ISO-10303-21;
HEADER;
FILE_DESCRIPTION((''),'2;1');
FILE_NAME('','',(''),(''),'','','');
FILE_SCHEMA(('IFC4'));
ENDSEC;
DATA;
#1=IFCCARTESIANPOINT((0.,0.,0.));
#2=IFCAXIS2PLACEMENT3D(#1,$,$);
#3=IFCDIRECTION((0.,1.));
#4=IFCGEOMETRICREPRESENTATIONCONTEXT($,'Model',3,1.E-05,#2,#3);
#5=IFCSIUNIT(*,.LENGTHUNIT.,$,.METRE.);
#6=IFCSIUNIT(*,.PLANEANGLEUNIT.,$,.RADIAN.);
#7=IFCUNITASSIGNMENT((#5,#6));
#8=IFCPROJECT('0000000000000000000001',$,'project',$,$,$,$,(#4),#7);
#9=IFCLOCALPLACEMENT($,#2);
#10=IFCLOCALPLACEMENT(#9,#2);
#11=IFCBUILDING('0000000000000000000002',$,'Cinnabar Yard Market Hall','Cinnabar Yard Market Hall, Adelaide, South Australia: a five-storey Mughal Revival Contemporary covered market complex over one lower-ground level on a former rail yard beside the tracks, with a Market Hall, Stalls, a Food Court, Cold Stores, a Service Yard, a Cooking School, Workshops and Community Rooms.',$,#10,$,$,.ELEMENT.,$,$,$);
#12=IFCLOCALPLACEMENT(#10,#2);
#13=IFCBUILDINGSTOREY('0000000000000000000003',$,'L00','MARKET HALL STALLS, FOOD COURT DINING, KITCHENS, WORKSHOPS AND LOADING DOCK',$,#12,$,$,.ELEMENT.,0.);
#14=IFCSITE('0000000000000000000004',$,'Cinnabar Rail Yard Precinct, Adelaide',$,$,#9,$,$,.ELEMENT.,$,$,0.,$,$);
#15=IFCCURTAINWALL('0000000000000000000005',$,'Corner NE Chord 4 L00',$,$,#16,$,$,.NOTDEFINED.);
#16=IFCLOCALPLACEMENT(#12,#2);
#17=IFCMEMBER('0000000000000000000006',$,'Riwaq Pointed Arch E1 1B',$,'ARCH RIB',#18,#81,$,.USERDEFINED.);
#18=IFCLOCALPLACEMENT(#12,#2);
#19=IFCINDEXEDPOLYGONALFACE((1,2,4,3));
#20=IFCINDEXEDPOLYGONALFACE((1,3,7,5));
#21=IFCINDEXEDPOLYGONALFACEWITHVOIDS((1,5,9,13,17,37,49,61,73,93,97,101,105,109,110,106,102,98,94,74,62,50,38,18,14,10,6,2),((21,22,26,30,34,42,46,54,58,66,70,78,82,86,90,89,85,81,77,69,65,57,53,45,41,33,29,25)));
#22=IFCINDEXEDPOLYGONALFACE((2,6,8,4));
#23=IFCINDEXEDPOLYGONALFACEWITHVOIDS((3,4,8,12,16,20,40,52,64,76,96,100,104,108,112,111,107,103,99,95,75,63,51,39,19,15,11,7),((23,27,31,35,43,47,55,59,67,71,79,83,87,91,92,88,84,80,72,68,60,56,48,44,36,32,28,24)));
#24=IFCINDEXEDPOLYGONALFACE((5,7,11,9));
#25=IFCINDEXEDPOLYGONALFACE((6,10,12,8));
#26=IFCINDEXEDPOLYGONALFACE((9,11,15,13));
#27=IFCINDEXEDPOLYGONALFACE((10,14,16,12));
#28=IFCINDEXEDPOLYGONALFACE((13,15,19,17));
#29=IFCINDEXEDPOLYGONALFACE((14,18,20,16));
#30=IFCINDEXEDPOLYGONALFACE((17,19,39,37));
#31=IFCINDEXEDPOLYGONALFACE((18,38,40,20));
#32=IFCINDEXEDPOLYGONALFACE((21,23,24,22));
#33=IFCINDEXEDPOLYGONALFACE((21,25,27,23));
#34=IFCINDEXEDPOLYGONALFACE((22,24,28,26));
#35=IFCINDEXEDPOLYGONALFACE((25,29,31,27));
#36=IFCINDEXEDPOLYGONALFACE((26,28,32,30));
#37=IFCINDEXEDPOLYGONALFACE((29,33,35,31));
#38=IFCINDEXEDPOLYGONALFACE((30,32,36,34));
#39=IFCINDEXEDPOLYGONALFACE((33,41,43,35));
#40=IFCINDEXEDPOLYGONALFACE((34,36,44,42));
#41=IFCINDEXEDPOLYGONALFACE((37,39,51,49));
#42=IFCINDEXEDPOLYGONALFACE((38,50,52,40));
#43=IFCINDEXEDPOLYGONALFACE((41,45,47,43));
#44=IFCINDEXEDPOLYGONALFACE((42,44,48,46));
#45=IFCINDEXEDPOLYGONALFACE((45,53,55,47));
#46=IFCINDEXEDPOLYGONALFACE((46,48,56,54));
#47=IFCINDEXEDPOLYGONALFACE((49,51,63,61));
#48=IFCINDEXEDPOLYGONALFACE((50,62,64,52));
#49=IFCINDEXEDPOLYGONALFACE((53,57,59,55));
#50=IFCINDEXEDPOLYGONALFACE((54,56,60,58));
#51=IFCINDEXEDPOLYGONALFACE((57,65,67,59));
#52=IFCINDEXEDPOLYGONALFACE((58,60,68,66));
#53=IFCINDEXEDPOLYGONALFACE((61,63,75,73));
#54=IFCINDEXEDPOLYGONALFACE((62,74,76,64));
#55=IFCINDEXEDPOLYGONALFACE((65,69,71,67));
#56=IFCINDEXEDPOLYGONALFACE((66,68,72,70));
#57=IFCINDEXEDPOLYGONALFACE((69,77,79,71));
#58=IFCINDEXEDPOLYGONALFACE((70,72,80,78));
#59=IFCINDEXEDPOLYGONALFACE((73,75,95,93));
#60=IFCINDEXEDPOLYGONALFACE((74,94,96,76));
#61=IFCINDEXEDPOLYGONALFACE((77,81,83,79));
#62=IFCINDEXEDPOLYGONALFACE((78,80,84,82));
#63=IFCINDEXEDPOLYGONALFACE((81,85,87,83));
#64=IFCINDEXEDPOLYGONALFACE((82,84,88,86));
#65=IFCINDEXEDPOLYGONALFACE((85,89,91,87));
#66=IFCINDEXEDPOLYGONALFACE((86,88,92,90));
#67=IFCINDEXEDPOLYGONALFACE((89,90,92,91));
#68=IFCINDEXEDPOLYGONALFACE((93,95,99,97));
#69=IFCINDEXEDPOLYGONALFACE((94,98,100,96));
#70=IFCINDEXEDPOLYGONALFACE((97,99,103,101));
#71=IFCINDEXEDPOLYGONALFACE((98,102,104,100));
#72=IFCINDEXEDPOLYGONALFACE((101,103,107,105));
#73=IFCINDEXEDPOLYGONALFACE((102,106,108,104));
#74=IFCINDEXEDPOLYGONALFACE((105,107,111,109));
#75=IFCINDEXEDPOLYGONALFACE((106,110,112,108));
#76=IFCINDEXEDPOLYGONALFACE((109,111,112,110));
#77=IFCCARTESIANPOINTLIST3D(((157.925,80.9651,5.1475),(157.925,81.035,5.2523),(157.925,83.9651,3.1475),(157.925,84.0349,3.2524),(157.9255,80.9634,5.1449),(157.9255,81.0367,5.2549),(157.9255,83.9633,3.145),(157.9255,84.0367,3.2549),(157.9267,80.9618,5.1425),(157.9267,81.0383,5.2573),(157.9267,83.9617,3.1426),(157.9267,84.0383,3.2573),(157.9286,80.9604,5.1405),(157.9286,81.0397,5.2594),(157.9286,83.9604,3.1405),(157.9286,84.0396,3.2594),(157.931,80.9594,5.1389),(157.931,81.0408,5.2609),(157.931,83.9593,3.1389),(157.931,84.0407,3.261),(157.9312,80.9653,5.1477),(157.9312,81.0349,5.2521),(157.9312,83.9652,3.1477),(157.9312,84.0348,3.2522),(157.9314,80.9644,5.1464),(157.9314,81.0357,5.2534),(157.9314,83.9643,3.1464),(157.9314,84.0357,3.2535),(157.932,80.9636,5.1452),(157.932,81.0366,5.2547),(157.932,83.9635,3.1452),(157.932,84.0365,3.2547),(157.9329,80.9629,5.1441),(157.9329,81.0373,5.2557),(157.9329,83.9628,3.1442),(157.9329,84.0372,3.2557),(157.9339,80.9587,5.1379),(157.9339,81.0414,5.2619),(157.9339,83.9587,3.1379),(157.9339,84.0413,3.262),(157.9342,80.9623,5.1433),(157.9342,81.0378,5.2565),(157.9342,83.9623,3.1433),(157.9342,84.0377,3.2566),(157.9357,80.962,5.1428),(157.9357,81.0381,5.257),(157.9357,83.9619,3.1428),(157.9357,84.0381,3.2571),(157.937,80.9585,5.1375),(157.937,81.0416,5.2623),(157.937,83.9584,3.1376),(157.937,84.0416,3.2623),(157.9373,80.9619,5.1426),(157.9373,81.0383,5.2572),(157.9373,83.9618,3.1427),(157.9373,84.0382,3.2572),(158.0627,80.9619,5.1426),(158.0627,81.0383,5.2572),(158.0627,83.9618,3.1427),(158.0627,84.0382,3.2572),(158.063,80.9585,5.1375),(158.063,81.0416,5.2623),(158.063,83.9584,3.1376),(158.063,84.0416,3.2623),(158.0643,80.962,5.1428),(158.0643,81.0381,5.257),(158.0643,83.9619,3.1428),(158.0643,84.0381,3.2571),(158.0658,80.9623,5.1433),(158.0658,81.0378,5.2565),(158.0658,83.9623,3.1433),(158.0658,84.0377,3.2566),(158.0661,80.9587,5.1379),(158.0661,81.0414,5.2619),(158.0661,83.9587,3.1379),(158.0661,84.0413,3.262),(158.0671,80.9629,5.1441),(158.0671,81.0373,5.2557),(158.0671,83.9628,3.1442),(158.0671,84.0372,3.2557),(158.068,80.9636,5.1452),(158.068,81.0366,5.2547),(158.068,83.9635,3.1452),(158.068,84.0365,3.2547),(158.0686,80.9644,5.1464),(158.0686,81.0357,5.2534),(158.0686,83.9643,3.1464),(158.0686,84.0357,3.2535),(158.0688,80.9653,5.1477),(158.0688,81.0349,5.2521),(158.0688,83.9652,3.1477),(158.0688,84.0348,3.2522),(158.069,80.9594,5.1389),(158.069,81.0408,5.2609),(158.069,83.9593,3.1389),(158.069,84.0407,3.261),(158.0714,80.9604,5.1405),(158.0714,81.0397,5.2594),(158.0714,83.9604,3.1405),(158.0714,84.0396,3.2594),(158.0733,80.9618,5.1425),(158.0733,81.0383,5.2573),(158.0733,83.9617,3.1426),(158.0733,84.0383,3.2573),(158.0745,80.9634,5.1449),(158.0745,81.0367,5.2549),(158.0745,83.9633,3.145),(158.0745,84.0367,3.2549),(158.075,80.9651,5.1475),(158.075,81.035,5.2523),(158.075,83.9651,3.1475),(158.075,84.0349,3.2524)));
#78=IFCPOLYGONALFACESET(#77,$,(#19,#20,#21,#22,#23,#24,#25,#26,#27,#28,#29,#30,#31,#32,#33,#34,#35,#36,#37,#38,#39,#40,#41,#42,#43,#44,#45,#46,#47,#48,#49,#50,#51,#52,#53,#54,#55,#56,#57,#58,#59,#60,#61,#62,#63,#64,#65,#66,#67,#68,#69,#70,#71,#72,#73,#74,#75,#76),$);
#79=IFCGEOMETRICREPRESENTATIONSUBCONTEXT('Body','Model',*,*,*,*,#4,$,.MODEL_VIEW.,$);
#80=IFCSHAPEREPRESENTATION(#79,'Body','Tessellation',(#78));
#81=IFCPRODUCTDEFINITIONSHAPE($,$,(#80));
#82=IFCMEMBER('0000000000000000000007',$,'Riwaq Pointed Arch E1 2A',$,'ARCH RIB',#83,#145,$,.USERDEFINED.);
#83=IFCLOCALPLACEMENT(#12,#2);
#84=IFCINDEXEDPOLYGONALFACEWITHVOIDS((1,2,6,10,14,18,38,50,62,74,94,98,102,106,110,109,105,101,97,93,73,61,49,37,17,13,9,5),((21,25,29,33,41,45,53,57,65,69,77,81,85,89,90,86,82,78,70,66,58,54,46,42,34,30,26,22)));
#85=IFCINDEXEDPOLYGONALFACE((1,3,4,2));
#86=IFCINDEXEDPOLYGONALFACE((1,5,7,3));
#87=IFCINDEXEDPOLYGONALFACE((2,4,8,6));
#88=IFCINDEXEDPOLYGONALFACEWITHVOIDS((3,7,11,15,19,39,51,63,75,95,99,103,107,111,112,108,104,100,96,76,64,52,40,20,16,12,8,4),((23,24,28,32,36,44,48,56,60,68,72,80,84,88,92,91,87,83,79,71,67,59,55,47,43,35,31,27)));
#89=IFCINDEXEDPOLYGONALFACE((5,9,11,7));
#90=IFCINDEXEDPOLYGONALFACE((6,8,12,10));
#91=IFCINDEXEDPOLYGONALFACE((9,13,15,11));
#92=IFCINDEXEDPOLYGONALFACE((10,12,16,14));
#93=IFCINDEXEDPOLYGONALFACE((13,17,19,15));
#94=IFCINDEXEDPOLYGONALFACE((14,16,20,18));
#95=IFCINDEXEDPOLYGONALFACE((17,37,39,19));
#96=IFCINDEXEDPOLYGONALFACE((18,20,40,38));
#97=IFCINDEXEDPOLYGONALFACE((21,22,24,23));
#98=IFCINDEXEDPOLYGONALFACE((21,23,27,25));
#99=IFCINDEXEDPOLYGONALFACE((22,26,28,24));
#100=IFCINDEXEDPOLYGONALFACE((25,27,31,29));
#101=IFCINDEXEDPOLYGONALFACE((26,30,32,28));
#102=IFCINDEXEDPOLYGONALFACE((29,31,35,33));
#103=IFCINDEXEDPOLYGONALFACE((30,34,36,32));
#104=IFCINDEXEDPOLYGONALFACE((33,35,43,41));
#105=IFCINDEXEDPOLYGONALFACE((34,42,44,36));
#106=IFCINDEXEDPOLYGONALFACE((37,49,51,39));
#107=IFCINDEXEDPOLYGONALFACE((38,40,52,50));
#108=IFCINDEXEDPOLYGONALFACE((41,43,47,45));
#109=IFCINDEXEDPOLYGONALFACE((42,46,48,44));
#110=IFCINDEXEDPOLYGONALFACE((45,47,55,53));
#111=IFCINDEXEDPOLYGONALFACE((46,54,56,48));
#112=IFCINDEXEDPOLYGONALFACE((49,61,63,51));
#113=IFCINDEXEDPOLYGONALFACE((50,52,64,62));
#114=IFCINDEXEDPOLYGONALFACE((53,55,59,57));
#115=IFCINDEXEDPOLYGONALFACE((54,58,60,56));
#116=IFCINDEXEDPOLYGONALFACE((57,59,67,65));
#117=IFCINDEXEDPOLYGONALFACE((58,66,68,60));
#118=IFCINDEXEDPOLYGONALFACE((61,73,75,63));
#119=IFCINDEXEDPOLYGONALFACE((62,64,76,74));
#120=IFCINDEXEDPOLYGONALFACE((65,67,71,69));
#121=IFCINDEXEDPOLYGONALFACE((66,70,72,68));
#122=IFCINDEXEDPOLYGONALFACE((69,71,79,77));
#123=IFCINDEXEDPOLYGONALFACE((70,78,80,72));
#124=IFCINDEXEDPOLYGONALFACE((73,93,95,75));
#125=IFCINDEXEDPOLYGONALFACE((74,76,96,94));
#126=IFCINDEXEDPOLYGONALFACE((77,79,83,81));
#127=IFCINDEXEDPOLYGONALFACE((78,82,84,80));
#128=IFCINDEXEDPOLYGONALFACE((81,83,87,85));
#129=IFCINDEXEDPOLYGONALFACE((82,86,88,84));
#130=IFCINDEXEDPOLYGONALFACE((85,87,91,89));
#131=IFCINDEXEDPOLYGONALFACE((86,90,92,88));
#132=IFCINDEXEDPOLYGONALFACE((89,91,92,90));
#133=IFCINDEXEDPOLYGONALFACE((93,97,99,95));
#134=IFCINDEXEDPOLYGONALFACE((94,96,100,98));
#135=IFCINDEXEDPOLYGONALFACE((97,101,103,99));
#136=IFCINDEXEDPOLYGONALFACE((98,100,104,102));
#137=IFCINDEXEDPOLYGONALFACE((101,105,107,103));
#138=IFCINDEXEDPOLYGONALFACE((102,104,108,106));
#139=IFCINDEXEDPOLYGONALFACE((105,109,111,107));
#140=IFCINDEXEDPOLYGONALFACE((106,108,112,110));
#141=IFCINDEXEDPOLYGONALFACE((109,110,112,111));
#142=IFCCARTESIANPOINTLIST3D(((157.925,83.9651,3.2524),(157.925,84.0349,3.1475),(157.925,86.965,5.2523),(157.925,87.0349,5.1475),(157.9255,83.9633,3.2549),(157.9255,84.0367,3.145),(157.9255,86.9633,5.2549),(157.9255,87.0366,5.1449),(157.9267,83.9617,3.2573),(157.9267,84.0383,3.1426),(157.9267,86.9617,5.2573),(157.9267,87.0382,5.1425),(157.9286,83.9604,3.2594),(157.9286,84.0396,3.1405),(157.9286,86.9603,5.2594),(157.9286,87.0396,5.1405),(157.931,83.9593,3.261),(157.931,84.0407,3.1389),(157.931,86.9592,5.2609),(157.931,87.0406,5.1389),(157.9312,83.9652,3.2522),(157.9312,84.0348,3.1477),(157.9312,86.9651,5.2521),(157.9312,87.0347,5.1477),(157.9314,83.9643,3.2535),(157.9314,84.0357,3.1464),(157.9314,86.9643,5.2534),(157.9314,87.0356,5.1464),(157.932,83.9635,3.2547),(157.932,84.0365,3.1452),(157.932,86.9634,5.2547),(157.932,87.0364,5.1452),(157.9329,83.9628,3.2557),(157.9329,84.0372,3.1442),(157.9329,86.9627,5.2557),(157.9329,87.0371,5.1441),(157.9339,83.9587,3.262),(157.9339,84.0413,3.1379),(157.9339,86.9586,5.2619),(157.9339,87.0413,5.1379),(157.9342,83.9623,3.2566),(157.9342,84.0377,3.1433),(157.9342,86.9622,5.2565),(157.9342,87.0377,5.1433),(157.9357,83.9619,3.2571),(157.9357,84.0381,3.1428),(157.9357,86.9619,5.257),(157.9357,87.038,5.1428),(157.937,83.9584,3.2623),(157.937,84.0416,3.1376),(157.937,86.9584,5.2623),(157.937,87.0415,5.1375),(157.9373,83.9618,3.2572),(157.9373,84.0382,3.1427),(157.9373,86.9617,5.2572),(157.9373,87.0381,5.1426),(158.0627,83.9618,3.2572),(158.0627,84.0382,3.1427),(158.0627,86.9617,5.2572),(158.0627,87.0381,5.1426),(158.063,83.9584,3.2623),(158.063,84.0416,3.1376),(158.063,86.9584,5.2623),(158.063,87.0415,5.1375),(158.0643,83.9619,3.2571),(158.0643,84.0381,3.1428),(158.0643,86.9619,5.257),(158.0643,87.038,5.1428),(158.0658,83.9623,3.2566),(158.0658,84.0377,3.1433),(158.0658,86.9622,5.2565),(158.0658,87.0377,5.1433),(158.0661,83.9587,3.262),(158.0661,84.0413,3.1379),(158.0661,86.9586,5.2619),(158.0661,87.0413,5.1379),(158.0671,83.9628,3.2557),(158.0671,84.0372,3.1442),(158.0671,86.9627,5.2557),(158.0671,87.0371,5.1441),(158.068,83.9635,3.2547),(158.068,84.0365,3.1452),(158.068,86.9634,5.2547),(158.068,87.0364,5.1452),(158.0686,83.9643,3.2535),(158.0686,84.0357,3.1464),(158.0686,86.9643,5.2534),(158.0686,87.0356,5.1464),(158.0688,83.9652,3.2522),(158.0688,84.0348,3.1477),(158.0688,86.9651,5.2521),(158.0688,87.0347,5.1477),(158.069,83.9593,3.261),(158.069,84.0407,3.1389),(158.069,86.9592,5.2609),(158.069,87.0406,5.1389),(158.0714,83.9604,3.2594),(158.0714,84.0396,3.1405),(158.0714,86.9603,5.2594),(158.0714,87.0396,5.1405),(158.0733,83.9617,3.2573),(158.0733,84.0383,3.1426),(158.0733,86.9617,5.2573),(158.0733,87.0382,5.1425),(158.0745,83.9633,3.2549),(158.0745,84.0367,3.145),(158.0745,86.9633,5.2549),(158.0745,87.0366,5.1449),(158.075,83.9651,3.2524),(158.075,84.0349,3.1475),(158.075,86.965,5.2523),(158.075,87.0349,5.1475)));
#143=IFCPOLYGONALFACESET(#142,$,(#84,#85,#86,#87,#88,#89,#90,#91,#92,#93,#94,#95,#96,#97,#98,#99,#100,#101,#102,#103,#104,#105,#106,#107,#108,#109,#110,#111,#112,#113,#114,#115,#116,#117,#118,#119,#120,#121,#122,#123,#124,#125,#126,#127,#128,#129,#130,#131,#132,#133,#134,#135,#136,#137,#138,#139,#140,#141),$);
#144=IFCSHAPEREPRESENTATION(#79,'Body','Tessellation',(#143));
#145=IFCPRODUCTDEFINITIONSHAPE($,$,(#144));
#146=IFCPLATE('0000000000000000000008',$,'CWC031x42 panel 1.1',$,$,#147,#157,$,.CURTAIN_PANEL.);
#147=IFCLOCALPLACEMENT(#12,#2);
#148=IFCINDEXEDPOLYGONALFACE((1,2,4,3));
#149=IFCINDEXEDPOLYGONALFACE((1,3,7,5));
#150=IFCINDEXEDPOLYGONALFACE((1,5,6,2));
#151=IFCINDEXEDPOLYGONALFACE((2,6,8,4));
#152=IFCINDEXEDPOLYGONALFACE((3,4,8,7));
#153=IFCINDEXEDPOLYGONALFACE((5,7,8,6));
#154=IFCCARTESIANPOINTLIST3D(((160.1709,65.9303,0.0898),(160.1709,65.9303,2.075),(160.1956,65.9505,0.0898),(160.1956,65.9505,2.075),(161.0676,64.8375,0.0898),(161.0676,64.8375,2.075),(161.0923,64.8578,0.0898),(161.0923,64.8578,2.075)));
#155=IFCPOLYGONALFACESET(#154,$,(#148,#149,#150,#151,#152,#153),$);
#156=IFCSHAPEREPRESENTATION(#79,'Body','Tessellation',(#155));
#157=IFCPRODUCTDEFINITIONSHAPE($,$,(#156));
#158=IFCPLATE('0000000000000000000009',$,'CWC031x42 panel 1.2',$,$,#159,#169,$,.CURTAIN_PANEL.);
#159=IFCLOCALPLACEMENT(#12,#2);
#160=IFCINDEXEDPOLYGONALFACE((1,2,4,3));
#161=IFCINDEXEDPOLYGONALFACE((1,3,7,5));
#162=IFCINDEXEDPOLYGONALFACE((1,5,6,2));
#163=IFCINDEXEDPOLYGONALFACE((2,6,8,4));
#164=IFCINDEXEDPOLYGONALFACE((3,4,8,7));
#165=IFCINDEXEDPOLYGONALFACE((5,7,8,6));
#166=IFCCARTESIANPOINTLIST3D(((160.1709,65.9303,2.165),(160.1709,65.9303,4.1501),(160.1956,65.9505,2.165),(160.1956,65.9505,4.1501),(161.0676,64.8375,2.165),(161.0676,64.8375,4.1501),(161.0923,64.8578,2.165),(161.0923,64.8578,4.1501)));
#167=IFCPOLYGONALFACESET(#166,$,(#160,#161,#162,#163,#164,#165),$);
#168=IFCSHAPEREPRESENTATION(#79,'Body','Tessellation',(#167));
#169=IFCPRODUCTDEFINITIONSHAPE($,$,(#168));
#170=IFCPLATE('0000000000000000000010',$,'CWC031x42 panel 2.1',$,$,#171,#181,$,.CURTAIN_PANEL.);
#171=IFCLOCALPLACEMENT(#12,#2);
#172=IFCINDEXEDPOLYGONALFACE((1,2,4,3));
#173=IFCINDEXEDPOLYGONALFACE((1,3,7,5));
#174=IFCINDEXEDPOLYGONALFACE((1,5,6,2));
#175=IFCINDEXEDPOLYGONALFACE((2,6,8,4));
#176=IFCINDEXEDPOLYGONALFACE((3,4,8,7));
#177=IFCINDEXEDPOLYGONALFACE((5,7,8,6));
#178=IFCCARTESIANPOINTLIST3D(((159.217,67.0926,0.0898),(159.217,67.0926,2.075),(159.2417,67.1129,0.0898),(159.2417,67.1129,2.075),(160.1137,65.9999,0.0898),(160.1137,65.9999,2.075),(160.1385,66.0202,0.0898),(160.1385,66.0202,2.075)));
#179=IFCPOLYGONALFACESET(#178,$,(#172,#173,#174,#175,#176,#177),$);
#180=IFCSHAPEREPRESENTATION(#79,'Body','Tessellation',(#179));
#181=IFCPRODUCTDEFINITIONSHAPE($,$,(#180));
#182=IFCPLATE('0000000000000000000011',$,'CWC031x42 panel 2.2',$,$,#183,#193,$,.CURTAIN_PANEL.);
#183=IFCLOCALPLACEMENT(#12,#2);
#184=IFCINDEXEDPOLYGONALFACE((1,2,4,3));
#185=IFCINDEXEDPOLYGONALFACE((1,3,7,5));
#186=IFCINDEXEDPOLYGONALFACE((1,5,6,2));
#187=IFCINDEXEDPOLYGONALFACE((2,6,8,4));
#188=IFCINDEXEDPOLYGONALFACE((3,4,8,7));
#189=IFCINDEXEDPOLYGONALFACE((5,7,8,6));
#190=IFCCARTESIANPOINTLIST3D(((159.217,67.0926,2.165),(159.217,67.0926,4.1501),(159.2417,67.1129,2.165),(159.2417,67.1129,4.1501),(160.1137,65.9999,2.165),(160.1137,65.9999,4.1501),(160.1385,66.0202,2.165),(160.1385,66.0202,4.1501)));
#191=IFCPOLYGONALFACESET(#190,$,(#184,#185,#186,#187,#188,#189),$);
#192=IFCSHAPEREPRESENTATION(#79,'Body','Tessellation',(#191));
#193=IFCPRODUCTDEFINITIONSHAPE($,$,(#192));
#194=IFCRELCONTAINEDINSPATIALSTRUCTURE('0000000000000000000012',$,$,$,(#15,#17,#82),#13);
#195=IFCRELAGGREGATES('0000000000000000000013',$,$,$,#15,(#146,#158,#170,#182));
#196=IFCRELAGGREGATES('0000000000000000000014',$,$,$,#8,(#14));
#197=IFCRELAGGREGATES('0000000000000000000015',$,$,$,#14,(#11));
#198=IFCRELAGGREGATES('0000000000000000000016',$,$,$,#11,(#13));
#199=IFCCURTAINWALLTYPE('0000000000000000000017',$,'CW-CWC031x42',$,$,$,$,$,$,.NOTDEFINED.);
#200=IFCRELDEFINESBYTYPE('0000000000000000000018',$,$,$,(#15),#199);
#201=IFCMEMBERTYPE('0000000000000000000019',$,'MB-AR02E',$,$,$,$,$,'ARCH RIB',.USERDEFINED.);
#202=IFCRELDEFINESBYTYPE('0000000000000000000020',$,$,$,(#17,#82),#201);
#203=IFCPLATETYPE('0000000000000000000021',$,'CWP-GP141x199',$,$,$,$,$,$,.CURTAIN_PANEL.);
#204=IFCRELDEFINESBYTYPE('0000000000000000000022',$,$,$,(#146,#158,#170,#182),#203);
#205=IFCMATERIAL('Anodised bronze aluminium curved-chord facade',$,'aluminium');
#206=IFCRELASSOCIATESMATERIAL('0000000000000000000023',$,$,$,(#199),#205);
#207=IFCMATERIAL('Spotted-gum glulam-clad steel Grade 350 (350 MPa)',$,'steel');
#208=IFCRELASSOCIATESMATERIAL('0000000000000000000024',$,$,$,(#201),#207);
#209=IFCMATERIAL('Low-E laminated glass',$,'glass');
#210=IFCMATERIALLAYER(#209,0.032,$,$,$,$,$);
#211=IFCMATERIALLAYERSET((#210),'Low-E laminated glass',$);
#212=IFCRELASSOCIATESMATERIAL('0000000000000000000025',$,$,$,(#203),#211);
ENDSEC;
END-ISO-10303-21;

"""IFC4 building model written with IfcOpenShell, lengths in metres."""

from ifc_helpers import new_model, si_unit, direction, frame, origin, origin_2d_with_axis, place, context, subcontext, project, spatial, rectangle, hollow_rectangle, extrude, material, layer, layer_set, material_profile, profile_set, type_object, element, aggregate, save


model = new_model("IFC4")

# Units and contexts
model_context = context("Model", 3, precision=1e-05, world=origin(), true_north=direction((0.0, 1.0)))
body_context = subcontext(model_context, "Body", "Model", "MODEL_VIEW")
ifc_project = project(units=[si_unit("LENGTHUNIT", "METRE"), si_unit("PLANEANGLEUNIT", "RADIAN")], contexts=[model_context])

# Site, building, storey
site_placement = place(None, origin())
site = spatial("IfcSite", under=ifc_project, at=site_placement, Name="Cinnabar Rail Yard Precinct, Adelaide", CompositionType="ELEMENT", RefElevation=0.0)
building_placement = place(site_placement, origin())
building = spatial("IfcBuilding", under=site, at=building_placement, Name="Cinnabar Yard Market Hall", Description="Cinnabar Yard Market Hall, Adelaide, South Australia: a five-storey Mughal Revival Contemporary covered market complex over one lower-ground level on a former rail yard beside the tracks, with a Market Hall, Stalls, a Food Court, Cold Stores, a Service Yard, a Cooking School, Workshops and Community Rooms.", CompositionType="ELEMENT")
storey_placement = place(building_placement, origin())
storey = spatial("IfcBuildingStorey", under=building, at=storey_placement, Name="L00", Description="MARKET HALL STALLS, FOOD COURT DINING, KITCHENS, WORKSHOPS AND LOADING DOCK", CompositionType="ELEMENT", Elevation=0.0)

# Shared definitions
ifc_material_1 = material(Name="Spotted-gum glulam-clad steel Grade 350 (350 MPa)", Category="steel")

# Curtain wall
ifc_material_2 = material(Name="Anodised bronze aluminium curved-chord facade", Category="aluminium")
curtain_wall_type = type_object("IfcCurtainWallType", Name="CW-CWC031x42", PredefinedType="NOTDEFINED", material=ifc_material_2)
curtain_wall_1_placement = place(storey_placement, origin())
curtain_wall_1 = element("IfcCurtainWall", 1, at=curtain_wall_1_placement, inside=storey, type_object=curtain_wall_type, Name="Corner NE Chord 4 L00", PredefinedType="NOTDEFINED")

# Members
ifc_material_profile_1 = material_profile(ifc_material_1, hollow_rectangle(XDim=0.1499, YDim=0.1499, WallThickness=0.0061, InnerFilletRadius=0.0061, OuterFilletRadius=0.012, at=origin_2d_with_axis()), Name="150x150x6.0SHS")
ifc_profile_set_1 = profile_set([ifc_material_profile_1], Name="Spotted-gum glulam-clad steel Grade 350 (350 MPa)")
member_type_1 = type_object("IfcMemberType", Name="MB-AR02E", ElementType="ARCH RIB", PredefinedType="USERDEFINED", material=ifc_profile_set_1)
for number, where, z_axis, x_axis, name in (
    (2, (158.0, 84.0, 3.2), (0.0, -0.83205, 0.5547), (1.0, 0.0, 0.0), "Riwaq Pointed Arch E1 1B"),
    (3, (158.0, 84.0, 3.2), (0.0, 0.83205, 0.5547), (-1.0, 0.0, 0.0), "Riwaq Pointed Arch E1 2A"),
):
    element("IfcMember", number, at=place(storey_placement, frame(where, z_axis=z_axis, x_axis=x_axis)), inside=storey, type_object=member_type_1, Name=name, ObjectType="ARCH RIB", PredefinedType="USERDEFINED", context=body_context, shape_type="SweptSolid", body=[
        extrude(hollow_rectangle(XDim=0.1499, YDim=0.1499, WallThickness=0.0061, InnerFilletRadius=0.0061, OuterFilletRadius=0.012, at=origin_2d_with_axis()), origin(), (0.0, 0.0, 1.0), 3.6055),
    ])

# Plates
ifc_material_3 = material(Name="Low-E laminated glass", Category="glass")
ifc_layer_1 = layer(ifc_material_3, 0.032)
ifc_layer_set_1 = layer_set([ifc_layer_1], Name="Low-E laminated glass")
plate_type = type_object("IfcPlateType", Name="CWP-GP141x199", PredefinedType="CURTAIN_PANEL", material=ifc_layer_set_1)
plate_1_placement = place(storey_placement, frame((160.6316, 65.394, 0.0898), z_axis=(0.0, 0.0, 1.0), x_axis=(-0.634383, 0.773019, 0.0)))
plate_1 = element("IfcPlate", 4, at=plate_1_placement, type_object=plate_type, Name="CWC031x42 panel 1.1", PredefinedType="CURTAIN_PANEL", context=body_context, shape_type="SweptSolid", body=[
    extrude(rectangle(XDim=1.4136, YDim=0.032, at=origin_2d_with_axis()), origin(), (0.0, 0.0, 1.0), 1.9851),
])
plate_2_placement = place(storey_placement, frame((160.6316, 65.394, 2.165), z_axis=(0.0, 0.0, 1.0), x_axis=(-0.634383, 0.773019, 0.0)))
plate_2 = element("IfcPlate", 5, at=plate_2_placement, type_object=plate_type, Name="CWC031x42 panel 1.2", PredefinedType="CURTAIN_PANEL", context=body_context, shape_type="SweptSolid", body=[
    extrude(rectangle(XDim=1.4136, YDim=0.032, at=origin_2d_with_axis()), origin(), (0.0, 0.0, 1.0), 1.9851),
])
plate_3_placement = place(storey_placement, frame((159.6777, 66.5564, 0.0898), z_axis=(0.0, 0.0, 1.0), x_axis=(-0.634383, 0.773019, 0.0)))
plate_3 = element("IfcPlate", 6, at=plate_3_placement, type_object=plate_type, Name="CWC031x42 panel 2.1", PredefinedType="CURTAIN_PANEL", context=body_context, shape_type="SweptSolid", body=[
    extrude(rectangle(XDim=1.4136, YDim=0.032, at=origin_2d_with_axis()), origin(), (0.0, 0.0, 1.0), 1.9851),
])
plate_4_placement = place(storey_placement, frame((159.6777, 66.5564, 2.165), z_axis=(0.0, 0.0, 1.0), x_axis=(-0.634383, 0.773019, 0.0)))
plate_4 = element("IfcPlate", 7, at=plate_4_placement, type_object=plate_type, Name="CWC031x42 panel 2.2", PredefinedType="CURTAIN_PANEL", context=body_context, shape_type="SweptSolid", body=[
    extrude(rectangle(XDim=1.4136, YDim=0.032, at=origin_2d_with_axis()), origin(), (0.0, 0.0, 1.0), 1.9851),
])
aggregate(curtain_wall_1, [plate_1, plate_2, plate_3, plate_4])

save(model, "model.ifc")
